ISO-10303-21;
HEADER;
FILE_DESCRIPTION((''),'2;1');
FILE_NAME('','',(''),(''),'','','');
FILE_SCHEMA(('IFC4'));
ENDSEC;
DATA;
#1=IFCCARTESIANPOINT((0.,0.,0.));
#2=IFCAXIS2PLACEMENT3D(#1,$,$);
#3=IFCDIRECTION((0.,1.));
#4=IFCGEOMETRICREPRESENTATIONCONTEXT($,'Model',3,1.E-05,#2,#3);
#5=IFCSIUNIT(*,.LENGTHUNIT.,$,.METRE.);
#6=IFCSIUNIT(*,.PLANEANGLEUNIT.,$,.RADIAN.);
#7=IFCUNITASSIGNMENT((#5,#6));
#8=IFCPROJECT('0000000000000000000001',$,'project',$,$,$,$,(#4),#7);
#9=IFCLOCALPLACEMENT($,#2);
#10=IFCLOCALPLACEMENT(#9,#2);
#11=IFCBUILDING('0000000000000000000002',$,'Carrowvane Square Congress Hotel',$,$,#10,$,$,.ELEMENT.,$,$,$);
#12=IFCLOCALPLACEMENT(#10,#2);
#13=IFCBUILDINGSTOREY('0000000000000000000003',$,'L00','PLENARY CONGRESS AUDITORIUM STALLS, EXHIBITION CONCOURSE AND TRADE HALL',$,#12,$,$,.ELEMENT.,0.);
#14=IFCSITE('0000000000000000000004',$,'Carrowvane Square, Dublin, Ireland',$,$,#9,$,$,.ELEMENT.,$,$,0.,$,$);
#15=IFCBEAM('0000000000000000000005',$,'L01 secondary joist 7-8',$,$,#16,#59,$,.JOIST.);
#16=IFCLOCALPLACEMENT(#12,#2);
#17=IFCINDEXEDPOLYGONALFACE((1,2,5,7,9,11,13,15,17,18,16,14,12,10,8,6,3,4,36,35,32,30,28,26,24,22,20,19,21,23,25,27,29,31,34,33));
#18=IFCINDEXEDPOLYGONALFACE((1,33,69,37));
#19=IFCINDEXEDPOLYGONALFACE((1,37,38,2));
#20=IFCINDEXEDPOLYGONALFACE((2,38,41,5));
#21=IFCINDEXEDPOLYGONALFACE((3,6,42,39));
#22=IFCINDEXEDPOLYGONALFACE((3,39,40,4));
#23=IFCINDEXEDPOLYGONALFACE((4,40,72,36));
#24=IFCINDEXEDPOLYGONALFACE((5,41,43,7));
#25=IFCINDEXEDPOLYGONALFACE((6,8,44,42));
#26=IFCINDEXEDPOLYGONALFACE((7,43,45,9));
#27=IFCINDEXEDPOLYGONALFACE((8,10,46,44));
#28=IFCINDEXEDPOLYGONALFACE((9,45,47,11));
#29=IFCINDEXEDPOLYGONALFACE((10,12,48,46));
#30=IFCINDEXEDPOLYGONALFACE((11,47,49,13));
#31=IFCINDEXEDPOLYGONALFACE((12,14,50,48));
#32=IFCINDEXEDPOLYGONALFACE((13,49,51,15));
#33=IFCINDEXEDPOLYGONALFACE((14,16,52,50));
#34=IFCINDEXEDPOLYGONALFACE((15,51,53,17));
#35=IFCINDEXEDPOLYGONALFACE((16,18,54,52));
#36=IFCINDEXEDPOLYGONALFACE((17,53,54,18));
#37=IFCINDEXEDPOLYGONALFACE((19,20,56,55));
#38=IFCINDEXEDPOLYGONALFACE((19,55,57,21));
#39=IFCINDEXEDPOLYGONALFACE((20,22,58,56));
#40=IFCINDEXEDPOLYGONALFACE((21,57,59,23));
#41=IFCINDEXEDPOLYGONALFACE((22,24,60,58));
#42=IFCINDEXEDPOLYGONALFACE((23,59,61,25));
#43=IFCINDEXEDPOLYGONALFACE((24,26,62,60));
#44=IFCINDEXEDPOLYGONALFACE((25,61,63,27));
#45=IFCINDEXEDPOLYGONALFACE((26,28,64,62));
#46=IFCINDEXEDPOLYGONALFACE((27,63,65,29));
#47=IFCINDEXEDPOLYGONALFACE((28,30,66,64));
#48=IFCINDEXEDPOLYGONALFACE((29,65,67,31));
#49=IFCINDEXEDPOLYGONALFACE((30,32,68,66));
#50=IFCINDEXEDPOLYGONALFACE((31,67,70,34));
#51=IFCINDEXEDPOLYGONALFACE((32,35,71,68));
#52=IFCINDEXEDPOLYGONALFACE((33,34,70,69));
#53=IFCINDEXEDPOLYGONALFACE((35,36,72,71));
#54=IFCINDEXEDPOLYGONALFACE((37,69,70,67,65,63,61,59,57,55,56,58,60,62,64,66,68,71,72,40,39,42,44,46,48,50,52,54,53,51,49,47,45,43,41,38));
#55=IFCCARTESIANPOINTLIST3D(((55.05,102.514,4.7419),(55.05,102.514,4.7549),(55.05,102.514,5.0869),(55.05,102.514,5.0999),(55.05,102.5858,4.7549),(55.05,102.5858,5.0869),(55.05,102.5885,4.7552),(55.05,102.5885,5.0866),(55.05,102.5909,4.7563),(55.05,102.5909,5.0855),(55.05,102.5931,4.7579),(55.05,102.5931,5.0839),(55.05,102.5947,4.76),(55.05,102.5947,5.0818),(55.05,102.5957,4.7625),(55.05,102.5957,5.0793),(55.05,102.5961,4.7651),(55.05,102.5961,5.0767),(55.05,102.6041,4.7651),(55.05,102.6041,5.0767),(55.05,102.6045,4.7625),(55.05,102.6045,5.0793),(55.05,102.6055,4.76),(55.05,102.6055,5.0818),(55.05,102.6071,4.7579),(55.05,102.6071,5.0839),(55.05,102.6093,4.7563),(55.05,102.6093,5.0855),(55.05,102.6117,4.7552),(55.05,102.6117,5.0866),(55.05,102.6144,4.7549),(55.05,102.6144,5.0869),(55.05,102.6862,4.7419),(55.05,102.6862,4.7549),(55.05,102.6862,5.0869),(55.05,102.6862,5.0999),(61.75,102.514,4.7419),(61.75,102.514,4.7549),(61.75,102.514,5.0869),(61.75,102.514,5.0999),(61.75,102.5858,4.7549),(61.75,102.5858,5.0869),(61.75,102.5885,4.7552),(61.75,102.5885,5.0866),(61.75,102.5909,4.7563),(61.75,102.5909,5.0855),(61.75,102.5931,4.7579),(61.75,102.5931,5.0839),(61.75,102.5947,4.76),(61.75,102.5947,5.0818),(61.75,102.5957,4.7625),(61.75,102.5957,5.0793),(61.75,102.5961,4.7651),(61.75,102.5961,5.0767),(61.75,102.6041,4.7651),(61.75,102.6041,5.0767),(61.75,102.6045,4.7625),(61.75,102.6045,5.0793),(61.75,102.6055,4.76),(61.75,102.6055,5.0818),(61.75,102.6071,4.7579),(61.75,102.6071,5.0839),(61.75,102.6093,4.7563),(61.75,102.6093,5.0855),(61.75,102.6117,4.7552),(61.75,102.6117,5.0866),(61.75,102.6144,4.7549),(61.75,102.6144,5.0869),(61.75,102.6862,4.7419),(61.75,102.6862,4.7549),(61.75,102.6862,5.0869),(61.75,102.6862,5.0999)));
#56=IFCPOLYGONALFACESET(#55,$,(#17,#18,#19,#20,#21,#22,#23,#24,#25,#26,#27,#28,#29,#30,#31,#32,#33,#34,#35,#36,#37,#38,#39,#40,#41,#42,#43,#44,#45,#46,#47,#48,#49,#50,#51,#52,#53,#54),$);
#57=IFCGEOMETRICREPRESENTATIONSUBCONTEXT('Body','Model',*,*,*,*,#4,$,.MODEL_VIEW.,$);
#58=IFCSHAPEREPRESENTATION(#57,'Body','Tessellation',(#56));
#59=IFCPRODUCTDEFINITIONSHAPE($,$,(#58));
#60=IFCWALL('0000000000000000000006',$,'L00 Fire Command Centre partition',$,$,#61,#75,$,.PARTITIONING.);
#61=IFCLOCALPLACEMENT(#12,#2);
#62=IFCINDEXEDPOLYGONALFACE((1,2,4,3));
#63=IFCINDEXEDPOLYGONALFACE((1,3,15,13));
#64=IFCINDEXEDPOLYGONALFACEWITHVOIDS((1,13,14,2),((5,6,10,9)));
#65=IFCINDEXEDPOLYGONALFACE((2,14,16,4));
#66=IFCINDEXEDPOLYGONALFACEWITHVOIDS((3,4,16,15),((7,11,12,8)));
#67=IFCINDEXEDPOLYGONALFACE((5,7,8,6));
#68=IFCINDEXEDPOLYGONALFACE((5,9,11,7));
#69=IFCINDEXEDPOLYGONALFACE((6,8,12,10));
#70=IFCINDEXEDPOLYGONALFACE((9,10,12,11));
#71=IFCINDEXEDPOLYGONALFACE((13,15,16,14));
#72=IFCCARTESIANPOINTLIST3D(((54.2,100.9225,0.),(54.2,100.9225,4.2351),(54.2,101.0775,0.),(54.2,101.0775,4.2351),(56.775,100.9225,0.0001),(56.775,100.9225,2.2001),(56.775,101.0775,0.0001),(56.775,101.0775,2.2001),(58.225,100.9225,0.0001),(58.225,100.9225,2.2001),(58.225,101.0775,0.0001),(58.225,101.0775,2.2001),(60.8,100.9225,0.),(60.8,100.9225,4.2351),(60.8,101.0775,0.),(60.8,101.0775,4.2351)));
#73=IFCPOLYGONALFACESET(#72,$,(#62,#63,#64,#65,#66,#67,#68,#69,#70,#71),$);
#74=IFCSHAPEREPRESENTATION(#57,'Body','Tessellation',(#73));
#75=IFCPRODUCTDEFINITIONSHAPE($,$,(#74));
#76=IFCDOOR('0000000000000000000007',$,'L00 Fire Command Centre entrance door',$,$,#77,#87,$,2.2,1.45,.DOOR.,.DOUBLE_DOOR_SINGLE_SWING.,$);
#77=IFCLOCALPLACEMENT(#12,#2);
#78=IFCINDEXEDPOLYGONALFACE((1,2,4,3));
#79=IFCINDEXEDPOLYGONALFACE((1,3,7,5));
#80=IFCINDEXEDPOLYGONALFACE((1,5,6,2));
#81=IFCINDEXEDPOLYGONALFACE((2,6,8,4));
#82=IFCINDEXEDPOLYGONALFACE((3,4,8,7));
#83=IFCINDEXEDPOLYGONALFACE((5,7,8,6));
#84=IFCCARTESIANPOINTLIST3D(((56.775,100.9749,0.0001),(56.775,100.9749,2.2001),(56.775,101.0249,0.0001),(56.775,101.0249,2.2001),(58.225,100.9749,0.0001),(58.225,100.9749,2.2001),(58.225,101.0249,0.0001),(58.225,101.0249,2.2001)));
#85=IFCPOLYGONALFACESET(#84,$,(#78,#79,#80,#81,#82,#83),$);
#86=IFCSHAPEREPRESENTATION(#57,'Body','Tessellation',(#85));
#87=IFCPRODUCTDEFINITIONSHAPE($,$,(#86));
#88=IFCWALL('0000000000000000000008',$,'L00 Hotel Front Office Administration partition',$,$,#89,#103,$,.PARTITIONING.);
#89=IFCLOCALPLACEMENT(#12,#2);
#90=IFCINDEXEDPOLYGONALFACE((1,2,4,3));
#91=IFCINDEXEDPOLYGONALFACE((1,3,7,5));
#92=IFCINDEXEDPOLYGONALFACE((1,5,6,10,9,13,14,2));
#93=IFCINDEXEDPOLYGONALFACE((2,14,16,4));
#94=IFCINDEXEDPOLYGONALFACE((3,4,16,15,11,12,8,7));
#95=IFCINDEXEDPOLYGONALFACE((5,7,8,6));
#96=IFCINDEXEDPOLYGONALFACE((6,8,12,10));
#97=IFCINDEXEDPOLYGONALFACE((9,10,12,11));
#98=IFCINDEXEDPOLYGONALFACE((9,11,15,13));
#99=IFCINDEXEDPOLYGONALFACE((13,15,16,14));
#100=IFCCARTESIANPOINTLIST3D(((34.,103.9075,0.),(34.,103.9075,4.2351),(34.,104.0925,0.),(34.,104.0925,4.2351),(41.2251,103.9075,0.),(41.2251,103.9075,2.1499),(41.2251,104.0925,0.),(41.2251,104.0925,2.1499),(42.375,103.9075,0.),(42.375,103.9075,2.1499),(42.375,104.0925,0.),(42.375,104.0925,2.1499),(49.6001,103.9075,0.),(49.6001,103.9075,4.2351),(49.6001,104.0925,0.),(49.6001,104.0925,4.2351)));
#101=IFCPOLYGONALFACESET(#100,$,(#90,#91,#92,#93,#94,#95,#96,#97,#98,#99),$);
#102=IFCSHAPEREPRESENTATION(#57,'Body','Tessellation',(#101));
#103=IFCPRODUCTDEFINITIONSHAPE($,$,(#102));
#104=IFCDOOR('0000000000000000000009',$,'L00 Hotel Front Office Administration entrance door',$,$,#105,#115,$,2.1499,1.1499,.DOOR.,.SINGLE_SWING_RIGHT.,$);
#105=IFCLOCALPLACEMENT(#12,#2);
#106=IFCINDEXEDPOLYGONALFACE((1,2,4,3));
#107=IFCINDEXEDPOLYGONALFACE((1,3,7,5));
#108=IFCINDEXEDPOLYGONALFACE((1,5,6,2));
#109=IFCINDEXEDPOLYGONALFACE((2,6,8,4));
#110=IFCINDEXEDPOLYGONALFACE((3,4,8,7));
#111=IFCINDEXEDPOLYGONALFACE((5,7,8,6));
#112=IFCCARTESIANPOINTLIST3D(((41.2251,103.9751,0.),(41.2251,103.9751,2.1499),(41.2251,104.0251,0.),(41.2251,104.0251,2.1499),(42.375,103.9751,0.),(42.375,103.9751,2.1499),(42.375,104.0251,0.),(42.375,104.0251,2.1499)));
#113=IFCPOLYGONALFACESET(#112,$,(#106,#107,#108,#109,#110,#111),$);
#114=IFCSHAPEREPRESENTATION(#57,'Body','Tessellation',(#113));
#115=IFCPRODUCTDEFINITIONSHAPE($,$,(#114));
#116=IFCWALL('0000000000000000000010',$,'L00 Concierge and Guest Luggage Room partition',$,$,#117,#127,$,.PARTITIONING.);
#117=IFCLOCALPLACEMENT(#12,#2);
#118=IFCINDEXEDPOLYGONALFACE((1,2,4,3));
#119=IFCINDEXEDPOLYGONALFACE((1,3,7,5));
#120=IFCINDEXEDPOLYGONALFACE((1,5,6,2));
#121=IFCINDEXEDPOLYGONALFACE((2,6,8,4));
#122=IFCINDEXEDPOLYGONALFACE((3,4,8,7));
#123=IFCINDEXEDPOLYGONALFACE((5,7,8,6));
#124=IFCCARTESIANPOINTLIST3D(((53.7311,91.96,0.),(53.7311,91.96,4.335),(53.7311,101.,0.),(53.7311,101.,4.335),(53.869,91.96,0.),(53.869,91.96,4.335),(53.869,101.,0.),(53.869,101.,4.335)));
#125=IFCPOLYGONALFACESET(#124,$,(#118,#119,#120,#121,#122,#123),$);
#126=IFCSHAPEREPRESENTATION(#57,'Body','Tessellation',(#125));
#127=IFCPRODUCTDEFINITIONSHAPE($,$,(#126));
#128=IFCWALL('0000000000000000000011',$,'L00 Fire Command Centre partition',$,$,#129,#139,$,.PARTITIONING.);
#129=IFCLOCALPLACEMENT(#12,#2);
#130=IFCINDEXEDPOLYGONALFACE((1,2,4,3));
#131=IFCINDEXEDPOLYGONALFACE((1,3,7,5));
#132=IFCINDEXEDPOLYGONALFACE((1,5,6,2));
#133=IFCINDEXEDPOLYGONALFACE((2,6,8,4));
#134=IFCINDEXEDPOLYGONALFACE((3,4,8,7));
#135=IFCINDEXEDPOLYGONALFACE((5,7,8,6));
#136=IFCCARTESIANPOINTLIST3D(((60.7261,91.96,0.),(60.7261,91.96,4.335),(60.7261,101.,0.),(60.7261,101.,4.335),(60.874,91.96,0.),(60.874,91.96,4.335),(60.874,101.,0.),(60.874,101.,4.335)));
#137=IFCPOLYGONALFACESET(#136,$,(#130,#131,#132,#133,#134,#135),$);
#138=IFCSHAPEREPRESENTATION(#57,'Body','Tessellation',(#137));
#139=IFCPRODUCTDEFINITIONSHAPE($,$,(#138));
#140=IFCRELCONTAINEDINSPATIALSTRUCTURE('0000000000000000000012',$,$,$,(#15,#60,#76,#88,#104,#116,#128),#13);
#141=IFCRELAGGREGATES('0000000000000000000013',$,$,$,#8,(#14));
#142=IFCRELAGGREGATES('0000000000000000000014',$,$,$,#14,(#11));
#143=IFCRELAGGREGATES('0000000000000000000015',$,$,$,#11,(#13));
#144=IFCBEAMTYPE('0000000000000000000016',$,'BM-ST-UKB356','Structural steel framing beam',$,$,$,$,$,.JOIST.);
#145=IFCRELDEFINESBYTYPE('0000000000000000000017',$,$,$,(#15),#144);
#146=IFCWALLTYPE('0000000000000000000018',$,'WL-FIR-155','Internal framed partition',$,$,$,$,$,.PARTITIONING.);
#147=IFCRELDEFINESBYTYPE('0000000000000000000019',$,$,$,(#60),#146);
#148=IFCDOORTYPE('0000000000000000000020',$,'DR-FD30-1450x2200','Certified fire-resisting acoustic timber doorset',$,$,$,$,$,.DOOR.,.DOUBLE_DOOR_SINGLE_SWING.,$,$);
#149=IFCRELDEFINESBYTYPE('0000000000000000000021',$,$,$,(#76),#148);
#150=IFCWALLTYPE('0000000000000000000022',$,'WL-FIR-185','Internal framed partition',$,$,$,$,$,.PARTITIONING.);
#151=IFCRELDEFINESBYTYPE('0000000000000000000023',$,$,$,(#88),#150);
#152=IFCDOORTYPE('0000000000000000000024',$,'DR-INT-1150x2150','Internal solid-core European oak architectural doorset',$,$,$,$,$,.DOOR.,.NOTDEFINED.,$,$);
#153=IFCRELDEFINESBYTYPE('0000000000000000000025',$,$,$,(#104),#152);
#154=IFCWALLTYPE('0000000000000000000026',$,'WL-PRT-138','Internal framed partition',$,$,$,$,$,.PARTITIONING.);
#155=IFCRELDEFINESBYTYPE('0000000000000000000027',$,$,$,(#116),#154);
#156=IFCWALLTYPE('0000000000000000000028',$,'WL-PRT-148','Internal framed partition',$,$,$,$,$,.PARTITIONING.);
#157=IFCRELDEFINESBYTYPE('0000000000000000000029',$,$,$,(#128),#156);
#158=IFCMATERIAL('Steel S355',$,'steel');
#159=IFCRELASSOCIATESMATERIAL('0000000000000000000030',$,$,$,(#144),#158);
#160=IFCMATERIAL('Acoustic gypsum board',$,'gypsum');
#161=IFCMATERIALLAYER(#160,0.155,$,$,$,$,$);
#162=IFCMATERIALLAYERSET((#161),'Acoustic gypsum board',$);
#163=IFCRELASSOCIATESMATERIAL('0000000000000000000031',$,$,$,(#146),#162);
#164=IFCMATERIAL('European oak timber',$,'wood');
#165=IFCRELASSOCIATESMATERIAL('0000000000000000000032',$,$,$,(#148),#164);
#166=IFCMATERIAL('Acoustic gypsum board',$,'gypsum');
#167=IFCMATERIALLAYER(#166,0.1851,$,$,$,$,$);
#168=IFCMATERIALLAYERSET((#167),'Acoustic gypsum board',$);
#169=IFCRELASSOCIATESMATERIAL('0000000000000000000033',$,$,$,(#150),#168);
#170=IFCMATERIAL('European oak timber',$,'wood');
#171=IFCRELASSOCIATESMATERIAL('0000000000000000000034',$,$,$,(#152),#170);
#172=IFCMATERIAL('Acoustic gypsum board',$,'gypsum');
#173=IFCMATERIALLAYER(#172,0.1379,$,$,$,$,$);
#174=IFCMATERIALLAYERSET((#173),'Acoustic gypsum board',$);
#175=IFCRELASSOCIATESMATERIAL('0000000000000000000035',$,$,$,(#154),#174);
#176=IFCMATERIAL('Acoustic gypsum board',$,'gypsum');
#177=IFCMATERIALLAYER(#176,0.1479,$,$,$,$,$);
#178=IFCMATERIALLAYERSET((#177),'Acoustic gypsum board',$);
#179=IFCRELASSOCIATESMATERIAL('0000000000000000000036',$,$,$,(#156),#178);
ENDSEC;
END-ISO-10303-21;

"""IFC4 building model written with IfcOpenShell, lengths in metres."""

from ifc_helpers import new_model, si_unit, direction, frame, frame_2d, origin, origin_2d, place, context, subcontext, project, spatial, rectangle, i_section, extrude, material, layer, layer_set, material_profile, profile_set, type_object, element, fill, save


model = new_model("IFC4")

# Units and contexts
model_context = context("Model", 3, precision=1e-05, world=origin(), true_north=direction((0.0, 1.0)))
body_context = subcontext(model_context, "Body", "Model", "MODEL_VIEW")
ifc_project = project(units=[si_unit("LENGTHUNIT", "METRE"), si_unit("PLANEANGLEUNIT", "RADIAN")], contexts=[model_context])

# Site, building, storey
site_placement = place(None, origin())
site = spatial("IfcSite", under=ifc_project, at=site_placement, Name="Carrowvane Square, Dublin, Ireland", CompositionType="ELEMENT", RefElevation=0.0)
building_placement = place(site_placement, origin())
building = spatial("IfcBuilding", under=site, at=building_placement, Name="Carrowvane Square Congress Hotel", CompositionType="ELEMENT")
storey_placement = place(building_placement, origin())
storey = spatial("IfcBuildingStorey", under=building, at=storey_placement, Name="L00", Description="PLENARY CONGRESS AUDITORIUM STALLS, EXHIBITION CONCOURSE AND TRADE HALL", CompositionType="ELEMENT", Elevation=0.0)

# Beam
ifc_material_1 = material(Name="Steel S355", Category="steel")
ifc_material_profile_1 = material_profile(ifc_material_1, i_section(OverallWidth=0.1721, OverallDepth=0.3579, WebThickness=0.0081, FlangeThickness=0.0129, FilletRadius=0.0103, at=origin_2d()), Name="UKB 356x171x57")
ifc_profile_set_1 = profile_set([ifc_material_profile_1], Name="Steel S355")
beam_type_1 = type_object("IfcBeamType", Name="BM-ST-UKB356", Description="Structural steel framing beam", PredefinedType="JOIST", material=ifc_profile_set_1)
for number, where, z_axis, x_axis, name in (
    (1, (55.05, 102.6001, 4.9209), (1.0, 0.0, 0.0), (0.0, 1.0, 0.0), "L01 secondary joist 7-8"),
):
    element("IfcBeam", number, at=place(storey_placement, frame(where, z_axis=z_axis, x_axis=x_axis)), inside=storey, type_object=beam_type_1, Name=name, PredefinedType="JOIST", context=body_context, shape_type="SweptSolid", body=[
        extrude(i_section(OverallWidth=0.1721, OverallDepth=0.3579, WebThickness=0.0081, FlangeThickness=0.0129, FilletRadius=0.0103, at=origin_2d()), origin(), (0.0, 0.0, 1.0), 6.7),
    ])

# Walls, openings, doors
ifc_material_2 = material(Name="Acoustic gypsum board", Category="gypsum")
ifc_layer_1 = layer(ifc_material_2, 0.155)
ifc_layer_set_1 = layer_set([ifc_layer_1], Name="Acoustic gypsum board")
wall_type_1 = type_object("IfcWallType", Name="WL-FIR-155", Description="Internal framed partition", PredefinedType="PARTITIONING", material=ifc_layer_set_1)
wall_1_placement = place(storey_placement, frame((54.2, 101.0, 0.0), z_axis=(0.0, 0.0, 1.0), x_axis=(1.0, 0.0, 0.0)))
wall_1 = element("IfcWall", 2, at=wall_1_placement, inside=storey, type_object=wall_type_1, Name="L00 Fire Command Centre partition", PredefinedType="PARTITIONING", context=body_context, shape_type="SweptSolid", body=[
    extrude(rectangle(XDim=6.6001, YDim=0.155, at=frame_2d((3.3, 0.0))), origin(), (0.0, 0.0, 1.0), 4.2351),
])
opening_1_placement = place(wall_1_placement, frame((2.575, 0.0, 0.0)))
opening_1 = element("IfcOpeningElement", 3, at=opening_1_placement, cuts=wall_1, PredefinedType="OPENING", context=body_context, shape_type="SweptSolid", body=[
    extrude(rectangle(XDim=1.45, YDim=2.2, at=frame_2d((0.7251, 1.1001))), frame((0.0, 0.0874, 0.0), z_axis=(0.0, -1.0, 0.0), x_axis=(1.0, 0.0, 0.0)), (0.0, 0.0, 1.0), 0.175),
])
ifc_material_3 = material(Name="European oak timber", Category="wood")
door_type_1 = type_object("IfcDoorType", Name="DR-FD30-1450x2200", Description="Certified fire-resisting acoustic timber doorset", OperationType="DOUBLE_DOOR_SINGLE_SWING", PredefinedType="DOOR", material=ifc_material_3)
door_1_placement = place(opening_1_placement, origin())
door_1 = element("IfcDoor", 4, at=door_1_placement, inside=storey, type_object=door_type_1, Name="L00 Fire Command Centre entrance door", OperationType="DOUBLE_DOOR_SINGLE_SWING", OverallHeight=2.2, OverallWidth=1.45, PredefinedType="DOOR", context=body_context, shape_type="SweptSolid", body=[
    extrude(rectangle(XDim=1.45, YDim=2.2, at=frame_2d((0.7251, 1.1001))), frame((0.0, 0.0249, 0.0), z_axis=(0.0, -1.0, 0.0), x_axis=(1.0, 0.0, 0.0)), (0.0, 0.0, 1.0), 0.05),
])
fill(opening_1, door_1)
ifc_material_4 = material(Name="Acoustic gypsum board", Category="gypsum")
ifc_layer_2 = layer(ifc_material_4, 0.1851)
ifc_layer_set_2 = layer_set([ifc_layer_2], Name="Acoustic gypsum board")
wall_type_2 = type_object("IfcWallType", Name="WL-FIR-185", Description="Internal framed partition", PredefinedType="PARTITIONING", material=ifc_layer_set_2)
wall_2_placement = place(storey_placement, frame((49.6001, 104.0, 0.0), z_axis=(0.0, 0.0, 1.0), x_axis=(-1.0, 0.0, 0.0)))
wall_2 = element("IfcWall", 5, at=wall_2_placement, inside=storey, type_object=wall_type_2, Name="L00 Hotel Front Office Administration partition", PredefinedType="PARTITIONING", context=body_context, shape_type="SweptSolid", body=[
    extrude(rectangle(XDim=15.6001, YDim=0.1851, at=frame_2d((7.8, 0.0))), origin(), (0.0, 0.0, 1.0), 4.2351),
])
opening_2_placement = place(wall_2_placement, frame((7.2251, 0.0, 0.0)))
opening_2 = element("IfcOpeningElement", 6, at=opening_2_placement, cuts=wall_2, PredefinedType="OPENING", context=body_context, shape_type="SweptSolid", body=[
    extrude(rectangle(XDim=1.1499, YDim=2.1499, at=frame_2d((0.575, 1.075))), frame((0.0, 0.1025, 0.0), z_axis=(0.0, -1.0, 0.0), x_axis=(1.0, 0.0, 0.0)), (0.0, 0.0, 1.0), 0.2051),
])
ifc_material_5 = material(Name="European oak timber", Category="wood")
door_type_2 = type_object("IfcDoorType", Name="DR-INT-1150x2150", Description="Internal solid-core European oak architectural doorset", OperationType="NOTDEFINED", PredefinedType="DOOR", material=ifc_material_5)
door_2_placement = place(opening_2_placement, origin())
door_2 = element("IfcDoor", 7, at=door_2_placement, inside=storey, type_object=door_type_2, Name="L00 Hotel Front Office Administration entrance door", OperationType="SINGLE_SWING_RIGHT", OverallHeight=2.1499, OverallWidth=1.1499, PredefinedType="DOOR", context=body_context, shape_type="SweptSolid", body=[
    extrude(rectangle(XDim=1.1499, YDim=2.1499, at=frame_2d((0.575, 1.075))), frame((0.0, 0.0249, 0.0), z_axis=(0.0, -1.0, 0.0), x_axis=(1.0, 0.0, 0.0)), (0.0, 0.0, 1.0), 0.05),
])
fill(opening_2, door_2)

# Walls
ifc_material_6 = material(Name="Acoustic gypsum board", Category="gypsum")
ifc_layer_3 = layer(ifc_material_6, 0.1379)
ifc_layer_set_3 = layer_set([ifc_layer_3], Name="Acoustic gypsum board")
wall_type_3 = type_object("IfcWallType", Name="WL-PRT-138", Description="Internal framed partition", PredefinedType="PARTITIONING", material=ifc_layer_set_3)
wall_3_placement = place(storey_placement, frame((53.8, 101.0, 0.0), z_axis=(0.0, 0.0, 1.0), x_axis=(0.0, -1.0, 0.0)))
element("IfcWall", 8, at=wall_3_placement, inside=storey, type_object=wall_type_3, Name="L00 Concierge and Guest Luggage Room partition", PredefinedType="PARTITIONING", context=body_context, shape_type="SweptSolid", body=[
    extrude(rectangle(XDim=9.04, YDim=0.1379, at=frame_2d((4.52, 0.0))), origin(), (0.0, 0.0, 1.0), 4.335),
])
ifc_material_7 = material(Name="Acoustic gypsum board", Category="gypsum")
ifc_layer_4 = layer(ifc_material_7, 0.1479)
ifc_layer_set_4 = layer_set([ifc_layer_4], Name="Acoustic gypsum board")
wall_type_4 = type_object("IfcWallType", Name="WL-PRT-148", Description="Internal framed partition", PredefinedType="PARTITIONING", material=ifc_layer_set_4)
wall_4_placement = place(storey_placement, frame((60.8, 101.0, 0.0), z_axis=(0.0, 0.0, 1.0), x_axis=(0.0, -1.0, 0.0)))
element("IfcWall", 9, at=wall_4_placement, inside=storey, type_object=wall_type_4, Name="L00 Fire Command Centre partition", PredefinedType="PARTITIONING", context=body_context, shape_type="SweptSolid", body=[
    extrude(rectangle(XDim=9.04, YDim=0.1479, at=frame_2d((4.52, 0.0))), origin(), (0.0, 0.0, 1.0), 4.335),
])

save(model, "model.ifc")
